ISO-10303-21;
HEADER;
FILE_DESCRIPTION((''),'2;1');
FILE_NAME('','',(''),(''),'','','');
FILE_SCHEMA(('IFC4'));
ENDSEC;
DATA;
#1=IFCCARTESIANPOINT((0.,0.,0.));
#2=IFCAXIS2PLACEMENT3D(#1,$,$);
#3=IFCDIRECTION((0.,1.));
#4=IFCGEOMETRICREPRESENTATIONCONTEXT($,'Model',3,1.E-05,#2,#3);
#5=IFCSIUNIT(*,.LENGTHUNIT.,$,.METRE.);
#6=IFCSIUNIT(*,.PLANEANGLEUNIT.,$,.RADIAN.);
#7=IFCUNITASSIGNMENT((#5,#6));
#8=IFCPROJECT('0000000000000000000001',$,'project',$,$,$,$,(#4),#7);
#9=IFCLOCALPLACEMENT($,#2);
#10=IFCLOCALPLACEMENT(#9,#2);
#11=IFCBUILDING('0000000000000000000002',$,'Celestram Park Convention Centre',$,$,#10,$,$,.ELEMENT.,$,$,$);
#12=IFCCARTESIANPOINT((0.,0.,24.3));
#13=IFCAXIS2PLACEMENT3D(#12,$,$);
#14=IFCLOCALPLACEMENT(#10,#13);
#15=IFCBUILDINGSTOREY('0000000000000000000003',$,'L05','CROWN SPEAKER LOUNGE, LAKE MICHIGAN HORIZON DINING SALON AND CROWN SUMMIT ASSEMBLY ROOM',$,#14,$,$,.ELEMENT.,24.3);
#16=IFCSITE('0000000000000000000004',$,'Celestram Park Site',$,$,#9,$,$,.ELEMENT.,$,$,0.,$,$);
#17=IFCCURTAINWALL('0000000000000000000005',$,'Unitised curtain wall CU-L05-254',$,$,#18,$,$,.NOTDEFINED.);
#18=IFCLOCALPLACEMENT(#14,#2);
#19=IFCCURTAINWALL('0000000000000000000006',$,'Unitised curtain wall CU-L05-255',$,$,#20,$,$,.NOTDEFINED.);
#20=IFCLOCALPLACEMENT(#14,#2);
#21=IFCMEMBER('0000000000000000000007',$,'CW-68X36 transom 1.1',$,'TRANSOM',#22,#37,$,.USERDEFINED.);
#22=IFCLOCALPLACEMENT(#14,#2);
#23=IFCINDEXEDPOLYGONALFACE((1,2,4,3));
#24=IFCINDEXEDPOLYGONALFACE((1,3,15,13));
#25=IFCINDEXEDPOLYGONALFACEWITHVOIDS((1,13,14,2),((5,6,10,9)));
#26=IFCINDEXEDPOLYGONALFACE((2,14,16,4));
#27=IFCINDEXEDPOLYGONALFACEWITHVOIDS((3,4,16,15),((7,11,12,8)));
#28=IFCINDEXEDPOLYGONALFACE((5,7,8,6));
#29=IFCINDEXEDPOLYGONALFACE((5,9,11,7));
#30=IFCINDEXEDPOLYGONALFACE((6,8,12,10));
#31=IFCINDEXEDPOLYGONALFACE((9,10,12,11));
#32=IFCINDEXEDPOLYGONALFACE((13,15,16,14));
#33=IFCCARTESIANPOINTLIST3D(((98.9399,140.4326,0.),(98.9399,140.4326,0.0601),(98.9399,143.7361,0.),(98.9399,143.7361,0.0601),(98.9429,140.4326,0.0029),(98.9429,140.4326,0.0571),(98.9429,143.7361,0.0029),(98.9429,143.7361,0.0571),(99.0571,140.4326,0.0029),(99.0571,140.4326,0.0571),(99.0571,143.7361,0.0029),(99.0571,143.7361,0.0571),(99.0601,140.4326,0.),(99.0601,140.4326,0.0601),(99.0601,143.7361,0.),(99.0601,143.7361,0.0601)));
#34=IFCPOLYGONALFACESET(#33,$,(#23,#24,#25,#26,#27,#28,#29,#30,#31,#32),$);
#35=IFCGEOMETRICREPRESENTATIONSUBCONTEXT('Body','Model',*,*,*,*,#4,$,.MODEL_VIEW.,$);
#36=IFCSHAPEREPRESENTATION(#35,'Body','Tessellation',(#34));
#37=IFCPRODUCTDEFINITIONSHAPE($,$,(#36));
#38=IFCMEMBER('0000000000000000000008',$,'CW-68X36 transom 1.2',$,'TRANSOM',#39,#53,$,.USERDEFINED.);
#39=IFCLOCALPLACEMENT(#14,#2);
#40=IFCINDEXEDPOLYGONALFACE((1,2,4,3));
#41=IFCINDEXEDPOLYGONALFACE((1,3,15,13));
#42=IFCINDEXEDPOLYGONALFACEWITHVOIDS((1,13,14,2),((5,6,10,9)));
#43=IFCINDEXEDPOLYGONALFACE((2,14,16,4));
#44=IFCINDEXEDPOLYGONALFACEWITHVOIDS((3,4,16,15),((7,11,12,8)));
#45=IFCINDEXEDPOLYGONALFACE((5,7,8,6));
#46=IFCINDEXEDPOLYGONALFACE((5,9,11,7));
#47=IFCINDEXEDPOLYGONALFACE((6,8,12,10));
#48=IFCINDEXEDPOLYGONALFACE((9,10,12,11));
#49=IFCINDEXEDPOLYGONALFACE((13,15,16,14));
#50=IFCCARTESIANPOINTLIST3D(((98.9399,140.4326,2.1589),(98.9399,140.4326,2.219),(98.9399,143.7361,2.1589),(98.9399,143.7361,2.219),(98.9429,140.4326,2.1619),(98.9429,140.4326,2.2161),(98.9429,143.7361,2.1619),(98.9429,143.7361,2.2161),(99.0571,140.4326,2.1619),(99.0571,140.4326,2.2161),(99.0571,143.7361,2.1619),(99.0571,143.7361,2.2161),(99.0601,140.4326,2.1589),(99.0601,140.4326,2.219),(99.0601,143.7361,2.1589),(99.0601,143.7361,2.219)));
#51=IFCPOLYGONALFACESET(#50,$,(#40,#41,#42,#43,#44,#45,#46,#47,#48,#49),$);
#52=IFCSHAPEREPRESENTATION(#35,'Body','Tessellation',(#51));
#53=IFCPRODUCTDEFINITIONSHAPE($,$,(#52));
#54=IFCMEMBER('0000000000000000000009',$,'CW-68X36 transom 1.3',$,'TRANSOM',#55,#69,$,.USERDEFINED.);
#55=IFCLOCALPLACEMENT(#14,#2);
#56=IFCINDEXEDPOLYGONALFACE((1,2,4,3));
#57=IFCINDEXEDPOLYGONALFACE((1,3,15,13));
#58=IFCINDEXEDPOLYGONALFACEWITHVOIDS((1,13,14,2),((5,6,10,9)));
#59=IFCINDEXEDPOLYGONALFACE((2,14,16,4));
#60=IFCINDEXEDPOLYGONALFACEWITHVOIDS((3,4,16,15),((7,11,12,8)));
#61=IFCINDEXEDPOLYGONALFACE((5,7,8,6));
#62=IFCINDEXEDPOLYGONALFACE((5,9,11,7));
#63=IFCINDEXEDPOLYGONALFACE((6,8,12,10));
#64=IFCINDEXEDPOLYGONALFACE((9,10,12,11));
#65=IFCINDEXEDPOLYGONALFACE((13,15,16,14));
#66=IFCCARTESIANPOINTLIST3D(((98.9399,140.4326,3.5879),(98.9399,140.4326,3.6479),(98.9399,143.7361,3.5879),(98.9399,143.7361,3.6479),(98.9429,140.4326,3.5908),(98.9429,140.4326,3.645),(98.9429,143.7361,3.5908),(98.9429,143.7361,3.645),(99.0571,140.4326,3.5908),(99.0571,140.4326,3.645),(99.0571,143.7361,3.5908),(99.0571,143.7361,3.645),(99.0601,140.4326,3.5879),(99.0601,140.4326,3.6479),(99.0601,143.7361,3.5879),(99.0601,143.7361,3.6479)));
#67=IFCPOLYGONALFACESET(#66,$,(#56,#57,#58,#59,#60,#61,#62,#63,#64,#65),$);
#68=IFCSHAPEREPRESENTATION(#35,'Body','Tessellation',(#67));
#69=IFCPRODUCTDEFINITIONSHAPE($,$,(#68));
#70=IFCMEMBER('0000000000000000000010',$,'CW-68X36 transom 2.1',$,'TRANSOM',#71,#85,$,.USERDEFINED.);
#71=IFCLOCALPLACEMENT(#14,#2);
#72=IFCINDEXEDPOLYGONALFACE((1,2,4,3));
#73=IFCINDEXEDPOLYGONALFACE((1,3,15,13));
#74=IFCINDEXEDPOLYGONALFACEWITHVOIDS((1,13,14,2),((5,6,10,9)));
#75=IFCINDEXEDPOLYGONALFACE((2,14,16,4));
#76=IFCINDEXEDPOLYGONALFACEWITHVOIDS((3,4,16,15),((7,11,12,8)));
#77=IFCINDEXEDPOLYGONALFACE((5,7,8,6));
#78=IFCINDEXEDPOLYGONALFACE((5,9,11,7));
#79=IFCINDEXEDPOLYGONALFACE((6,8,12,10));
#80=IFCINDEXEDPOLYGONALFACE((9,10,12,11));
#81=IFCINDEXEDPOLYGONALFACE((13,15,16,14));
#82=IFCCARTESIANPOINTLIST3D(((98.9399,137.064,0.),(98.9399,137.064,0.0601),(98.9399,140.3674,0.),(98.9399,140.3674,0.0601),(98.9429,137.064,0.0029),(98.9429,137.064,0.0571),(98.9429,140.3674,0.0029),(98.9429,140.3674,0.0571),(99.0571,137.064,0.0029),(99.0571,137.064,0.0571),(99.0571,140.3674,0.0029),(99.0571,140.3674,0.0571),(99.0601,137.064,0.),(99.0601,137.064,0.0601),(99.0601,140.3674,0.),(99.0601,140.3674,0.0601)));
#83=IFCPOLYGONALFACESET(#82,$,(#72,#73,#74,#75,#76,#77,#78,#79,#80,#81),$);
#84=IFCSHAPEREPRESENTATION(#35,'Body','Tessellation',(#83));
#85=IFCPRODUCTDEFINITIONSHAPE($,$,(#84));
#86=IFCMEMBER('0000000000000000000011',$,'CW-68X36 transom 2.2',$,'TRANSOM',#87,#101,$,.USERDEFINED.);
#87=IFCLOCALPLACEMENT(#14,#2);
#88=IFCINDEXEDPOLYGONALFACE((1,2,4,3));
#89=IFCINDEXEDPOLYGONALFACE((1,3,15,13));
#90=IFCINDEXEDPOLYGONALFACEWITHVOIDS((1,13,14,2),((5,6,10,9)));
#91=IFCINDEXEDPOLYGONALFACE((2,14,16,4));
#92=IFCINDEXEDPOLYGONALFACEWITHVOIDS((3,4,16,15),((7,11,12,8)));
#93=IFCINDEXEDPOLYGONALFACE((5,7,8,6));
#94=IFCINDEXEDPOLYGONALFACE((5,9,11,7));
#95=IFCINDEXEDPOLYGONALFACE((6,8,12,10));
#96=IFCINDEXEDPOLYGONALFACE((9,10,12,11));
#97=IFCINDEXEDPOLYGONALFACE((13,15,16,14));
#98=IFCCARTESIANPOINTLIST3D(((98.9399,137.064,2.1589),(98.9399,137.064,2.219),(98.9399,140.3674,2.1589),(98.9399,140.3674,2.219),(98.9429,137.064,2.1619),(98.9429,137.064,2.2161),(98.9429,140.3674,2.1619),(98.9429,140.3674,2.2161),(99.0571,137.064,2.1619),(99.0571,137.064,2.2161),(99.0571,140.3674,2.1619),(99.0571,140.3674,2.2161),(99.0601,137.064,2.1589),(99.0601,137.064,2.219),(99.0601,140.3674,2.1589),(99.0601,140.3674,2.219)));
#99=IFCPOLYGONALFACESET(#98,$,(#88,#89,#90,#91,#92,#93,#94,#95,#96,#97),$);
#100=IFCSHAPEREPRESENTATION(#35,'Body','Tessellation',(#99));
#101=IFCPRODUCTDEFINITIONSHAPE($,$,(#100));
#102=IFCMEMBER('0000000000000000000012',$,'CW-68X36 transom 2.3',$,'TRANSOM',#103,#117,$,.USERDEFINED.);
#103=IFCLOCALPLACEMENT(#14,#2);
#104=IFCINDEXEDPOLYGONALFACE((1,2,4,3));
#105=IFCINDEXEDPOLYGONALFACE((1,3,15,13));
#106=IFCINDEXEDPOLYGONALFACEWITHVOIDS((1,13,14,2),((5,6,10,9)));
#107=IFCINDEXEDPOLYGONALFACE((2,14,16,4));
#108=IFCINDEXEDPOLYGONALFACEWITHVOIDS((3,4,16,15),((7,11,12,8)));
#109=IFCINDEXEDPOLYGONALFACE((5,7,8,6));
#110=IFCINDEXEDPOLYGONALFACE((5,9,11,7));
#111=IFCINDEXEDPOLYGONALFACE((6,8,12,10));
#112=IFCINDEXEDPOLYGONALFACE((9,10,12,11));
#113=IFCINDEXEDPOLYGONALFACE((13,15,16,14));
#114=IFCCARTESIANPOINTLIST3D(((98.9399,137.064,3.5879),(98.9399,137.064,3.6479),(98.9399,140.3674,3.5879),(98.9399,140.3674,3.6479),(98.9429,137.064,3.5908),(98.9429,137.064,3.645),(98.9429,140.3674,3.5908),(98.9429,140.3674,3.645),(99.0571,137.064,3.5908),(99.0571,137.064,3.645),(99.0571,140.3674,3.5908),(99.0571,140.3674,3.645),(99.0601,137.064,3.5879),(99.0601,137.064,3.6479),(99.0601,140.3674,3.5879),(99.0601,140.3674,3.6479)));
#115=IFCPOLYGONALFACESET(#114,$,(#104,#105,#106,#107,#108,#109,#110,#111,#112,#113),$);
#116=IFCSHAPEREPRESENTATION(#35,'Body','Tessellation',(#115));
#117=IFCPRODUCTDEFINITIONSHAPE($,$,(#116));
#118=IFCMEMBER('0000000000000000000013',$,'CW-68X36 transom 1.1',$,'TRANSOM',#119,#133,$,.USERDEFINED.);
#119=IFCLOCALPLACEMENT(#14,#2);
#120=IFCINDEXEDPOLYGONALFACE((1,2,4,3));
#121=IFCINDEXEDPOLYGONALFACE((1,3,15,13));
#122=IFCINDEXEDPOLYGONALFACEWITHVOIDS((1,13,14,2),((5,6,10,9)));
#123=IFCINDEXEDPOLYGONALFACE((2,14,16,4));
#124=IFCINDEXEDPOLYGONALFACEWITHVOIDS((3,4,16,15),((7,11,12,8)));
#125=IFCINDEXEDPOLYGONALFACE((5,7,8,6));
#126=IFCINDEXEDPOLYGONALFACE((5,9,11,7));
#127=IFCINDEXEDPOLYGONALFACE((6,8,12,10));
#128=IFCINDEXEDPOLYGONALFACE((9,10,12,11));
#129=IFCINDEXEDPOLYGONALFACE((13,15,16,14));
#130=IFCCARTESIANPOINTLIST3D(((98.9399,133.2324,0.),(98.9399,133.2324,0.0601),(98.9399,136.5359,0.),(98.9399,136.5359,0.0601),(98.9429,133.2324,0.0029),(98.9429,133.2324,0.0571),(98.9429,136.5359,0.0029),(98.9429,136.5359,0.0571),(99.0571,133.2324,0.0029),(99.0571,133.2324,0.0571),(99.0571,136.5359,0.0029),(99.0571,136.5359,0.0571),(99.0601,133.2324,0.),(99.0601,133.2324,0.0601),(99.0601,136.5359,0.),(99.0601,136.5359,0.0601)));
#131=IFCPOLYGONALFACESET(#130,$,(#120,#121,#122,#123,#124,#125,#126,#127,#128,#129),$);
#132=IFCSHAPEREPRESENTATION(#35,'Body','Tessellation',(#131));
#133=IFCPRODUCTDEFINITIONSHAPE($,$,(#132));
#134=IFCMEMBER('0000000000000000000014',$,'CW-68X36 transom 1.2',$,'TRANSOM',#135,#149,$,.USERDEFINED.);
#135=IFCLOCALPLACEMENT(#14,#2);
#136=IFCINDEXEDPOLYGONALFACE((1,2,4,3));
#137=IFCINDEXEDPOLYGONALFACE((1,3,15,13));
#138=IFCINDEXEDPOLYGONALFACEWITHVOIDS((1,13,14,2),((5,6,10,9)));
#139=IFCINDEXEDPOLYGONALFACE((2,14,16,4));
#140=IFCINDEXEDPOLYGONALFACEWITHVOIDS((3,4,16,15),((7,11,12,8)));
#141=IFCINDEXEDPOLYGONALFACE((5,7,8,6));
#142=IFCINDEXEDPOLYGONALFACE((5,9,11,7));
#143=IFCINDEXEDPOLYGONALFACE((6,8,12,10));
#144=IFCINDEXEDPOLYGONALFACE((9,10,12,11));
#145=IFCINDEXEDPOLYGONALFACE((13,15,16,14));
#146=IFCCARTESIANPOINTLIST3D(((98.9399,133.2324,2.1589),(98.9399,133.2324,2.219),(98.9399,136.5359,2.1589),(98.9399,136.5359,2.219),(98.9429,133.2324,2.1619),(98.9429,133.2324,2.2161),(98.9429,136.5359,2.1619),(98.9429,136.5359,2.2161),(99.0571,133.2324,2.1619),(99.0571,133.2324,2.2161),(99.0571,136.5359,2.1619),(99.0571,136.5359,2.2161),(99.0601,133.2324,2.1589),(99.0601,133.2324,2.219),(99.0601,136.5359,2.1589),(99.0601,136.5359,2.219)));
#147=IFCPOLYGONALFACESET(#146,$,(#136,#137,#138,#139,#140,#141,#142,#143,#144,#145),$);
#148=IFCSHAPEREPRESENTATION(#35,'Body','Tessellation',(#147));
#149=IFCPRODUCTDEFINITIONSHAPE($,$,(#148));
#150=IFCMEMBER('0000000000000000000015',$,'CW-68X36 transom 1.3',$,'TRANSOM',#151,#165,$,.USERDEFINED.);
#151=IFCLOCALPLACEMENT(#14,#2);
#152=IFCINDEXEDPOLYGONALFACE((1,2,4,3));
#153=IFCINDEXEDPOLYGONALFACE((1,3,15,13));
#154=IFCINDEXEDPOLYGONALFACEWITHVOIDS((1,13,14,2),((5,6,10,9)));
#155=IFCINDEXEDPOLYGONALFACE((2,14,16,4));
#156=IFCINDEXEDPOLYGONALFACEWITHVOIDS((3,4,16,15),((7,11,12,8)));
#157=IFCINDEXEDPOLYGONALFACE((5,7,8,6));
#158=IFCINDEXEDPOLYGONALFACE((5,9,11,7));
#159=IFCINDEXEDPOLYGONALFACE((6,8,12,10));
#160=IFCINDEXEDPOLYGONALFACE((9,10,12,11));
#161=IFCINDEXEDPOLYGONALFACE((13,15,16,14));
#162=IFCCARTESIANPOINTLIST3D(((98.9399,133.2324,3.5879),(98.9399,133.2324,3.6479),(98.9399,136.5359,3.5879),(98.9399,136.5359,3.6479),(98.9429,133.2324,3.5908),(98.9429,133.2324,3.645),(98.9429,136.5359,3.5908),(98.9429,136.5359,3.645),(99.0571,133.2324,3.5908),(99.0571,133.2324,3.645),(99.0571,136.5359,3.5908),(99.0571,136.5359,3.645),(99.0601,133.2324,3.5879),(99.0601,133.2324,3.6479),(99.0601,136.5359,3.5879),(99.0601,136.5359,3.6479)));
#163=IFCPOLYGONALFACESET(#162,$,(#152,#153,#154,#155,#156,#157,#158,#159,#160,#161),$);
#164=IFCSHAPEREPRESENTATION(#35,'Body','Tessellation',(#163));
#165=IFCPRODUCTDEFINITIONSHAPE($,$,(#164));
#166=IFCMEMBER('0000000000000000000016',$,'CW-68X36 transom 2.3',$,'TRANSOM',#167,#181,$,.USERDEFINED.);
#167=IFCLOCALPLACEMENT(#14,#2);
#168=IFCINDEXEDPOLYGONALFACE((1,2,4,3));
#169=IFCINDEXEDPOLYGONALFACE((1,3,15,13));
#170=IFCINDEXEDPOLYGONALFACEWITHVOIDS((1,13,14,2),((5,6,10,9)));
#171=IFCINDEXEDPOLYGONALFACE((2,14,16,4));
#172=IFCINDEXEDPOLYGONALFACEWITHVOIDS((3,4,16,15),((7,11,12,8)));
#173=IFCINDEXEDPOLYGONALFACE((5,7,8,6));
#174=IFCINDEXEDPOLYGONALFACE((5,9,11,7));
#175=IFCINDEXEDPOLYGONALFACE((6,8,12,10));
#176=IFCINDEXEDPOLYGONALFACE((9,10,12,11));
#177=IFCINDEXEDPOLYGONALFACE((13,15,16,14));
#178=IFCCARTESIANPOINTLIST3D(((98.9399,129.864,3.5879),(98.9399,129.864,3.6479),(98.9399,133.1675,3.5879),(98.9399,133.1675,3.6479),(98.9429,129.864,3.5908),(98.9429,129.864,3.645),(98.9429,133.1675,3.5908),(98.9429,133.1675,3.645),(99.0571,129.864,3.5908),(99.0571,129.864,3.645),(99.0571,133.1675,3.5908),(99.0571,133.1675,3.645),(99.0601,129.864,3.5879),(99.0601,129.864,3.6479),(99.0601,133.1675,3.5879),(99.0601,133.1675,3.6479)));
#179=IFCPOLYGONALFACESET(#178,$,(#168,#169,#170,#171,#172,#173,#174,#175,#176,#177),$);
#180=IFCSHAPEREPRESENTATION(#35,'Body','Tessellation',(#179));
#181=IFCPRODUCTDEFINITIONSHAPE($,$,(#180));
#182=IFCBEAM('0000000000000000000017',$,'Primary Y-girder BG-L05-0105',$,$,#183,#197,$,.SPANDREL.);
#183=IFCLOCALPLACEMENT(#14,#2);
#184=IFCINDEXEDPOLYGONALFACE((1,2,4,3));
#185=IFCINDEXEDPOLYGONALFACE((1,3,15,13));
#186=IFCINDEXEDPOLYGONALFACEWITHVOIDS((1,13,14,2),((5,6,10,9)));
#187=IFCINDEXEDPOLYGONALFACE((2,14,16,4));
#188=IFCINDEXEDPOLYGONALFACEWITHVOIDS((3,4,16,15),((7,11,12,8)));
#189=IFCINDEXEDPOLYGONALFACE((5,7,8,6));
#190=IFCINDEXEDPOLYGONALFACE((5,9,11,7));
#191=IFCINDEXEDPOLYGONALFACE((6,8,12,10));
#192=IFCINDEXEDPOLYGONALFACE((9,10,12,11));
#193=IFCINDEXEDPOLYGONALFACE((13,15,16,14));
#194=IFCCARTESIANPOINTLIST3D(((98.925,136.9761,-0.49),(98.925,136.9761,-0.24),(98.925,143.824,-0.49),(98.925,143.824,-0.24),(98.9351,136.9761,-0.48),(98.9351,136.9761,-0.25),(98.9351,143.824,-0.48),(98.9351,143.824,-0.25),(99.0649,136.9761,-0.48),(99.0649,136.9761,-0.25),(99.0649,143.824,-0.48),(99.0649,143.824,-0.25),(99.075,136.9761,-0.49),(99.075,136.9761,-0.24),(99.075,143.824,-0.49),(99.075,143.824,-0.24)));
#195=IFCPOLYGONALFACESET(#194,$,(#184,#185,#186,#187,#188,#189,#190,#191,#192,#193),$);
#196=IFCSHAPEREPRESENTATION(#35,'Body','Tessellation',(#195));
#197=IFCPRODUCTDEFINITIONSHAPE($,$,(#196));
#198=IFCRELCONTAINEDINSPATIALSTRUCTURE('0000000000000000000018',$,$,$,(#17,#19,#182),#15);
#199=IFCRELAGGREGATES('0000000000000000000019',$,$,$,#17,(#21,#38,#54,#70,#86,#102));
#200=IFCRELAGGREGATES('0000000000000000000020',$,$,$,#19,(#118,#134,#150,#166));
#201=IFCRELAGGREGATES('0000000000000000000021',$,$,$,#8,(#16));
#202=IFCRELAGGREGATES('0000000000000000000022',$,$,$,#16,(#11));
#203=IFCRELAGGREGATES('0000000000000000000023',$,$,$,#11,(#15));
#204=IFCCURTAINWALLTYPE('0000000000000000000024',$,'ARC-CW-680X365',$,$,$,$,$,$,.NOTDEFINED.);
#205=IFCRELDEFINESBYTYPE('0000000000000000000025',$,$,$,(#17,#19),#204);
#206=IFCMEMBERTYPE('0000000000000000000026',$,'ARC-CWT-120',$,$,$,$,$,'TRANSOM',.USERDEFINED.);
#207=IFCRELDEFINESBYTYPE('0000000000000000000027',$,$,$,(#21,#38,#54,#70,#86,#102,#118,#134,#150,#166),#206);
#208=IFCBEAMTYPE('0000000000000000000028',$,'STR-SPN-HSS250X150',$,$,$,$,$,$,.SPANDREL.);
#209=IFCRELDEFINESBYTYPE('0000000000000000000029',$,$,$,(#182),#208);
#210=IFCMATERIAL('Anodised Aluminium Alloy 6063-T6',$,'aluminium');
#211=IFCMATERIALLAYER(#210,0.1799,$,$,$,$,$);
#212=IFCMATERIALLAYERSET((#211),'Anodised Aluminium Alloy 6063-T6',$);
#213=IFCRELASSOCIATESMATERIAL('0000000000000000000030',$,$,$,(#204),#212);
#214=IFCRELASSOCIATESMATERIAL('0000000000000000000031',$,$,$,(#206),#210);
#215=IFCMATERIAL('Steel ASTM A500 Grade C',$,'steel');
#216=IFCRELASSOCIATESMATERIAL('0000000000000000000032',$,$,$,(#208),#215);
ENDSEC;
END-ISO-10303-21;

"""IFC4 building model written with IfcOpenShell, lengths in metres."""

from ifc_helpers import new_model, si_unit, direction, frame, origin, origin_2d, place, context, subcontext, project, spatial, hollow_rectangle, extrude, material, layer, layer_set, material_profile, profile_set, type_object, element, aggregate, save


model = new_model("IFC4")

# Units and contexts
model_context = context("Model", 3, precision=1e-05, world=origin(), true_north=direction((0.0, 1.0)))
body_context = subcontext(model_context, "Body", "Model", "MODEL_VIEW")
ifc_project = project(units=[si_unit("LENGTHUNIT", "METRE"), si_unit("PLANEANGLEUNIT", "RADIAN")], contexts=[model_context])

# Site, building, storey
site_placement = place(None, origin())
site = spatial("IfcSite", under=ifc_project, at=site_placement, Name="Celestram Park Site", CompositionType="ELEMENT", RefElevation=0.0)
building_placement = place(site_placement, origin())
building = spatial("IfcBuilding", under=site, at=building_placement, Name="Celestram Park Convention Centre", CompositionType="ELEMENT")
storey_placement = place(building_placement, frame((0.0, 0.0, 24.3)))
storey = spatial("IfcBuildingStorey", under=building, at=storey_placement, Name="L05", Description="CROWN SPEAKER LOUNGE, LAKE MICHIGAN HORIZON DINING SALON AND CROWN SUMMIT ASSEMBLY ROOM", CompositionType="ELEMENT", Elevation=24.3)

# Shared definitions
ifc_material_1 = material(Name="Steel ASTM A500 Grade C", Category="steel")

# Curtain walls
ifc_material_2 = material(Name="Anodised Aluminium Alloy 6063-T6", Category="aluminium")
ifc_layer_1 = layer(ifc_material_2, 0.1799)
ifc_layer_set_1 = layer_set([ifc_layer_1], Name="Anodised Aluminium Alloy 6063-T6")
curtain_wall_type = type_object("IfcCurtainWallType", Name="ARC-CW-680X365", PredefinedType="NOTDEFINED", material=ifc_layer_set_1)
curtain_wall_1_placement = place(storey_placement, origin())
curtain_wall_1 = element("IfcCurtainWall", 1, at=curtain_wall_1_placement, inside=storey, type_object=curtain_wall_type, Name="Unitised curtain wall CU-L05-254", PredefinedType="NOTDEFINED")
curtain_wall_2_placement = place(storey_placement, origin())
curtain_wall_2 = element("IfcCurtainWall", 2, at=curtain_wall_2_placement, inside=storey, type_object=curtain_wall_type, Name="Unitised curtain wall CU-L05-255", PredefinedType="NOTDEFINED")

# Members
ifc_material_profile_1 = material_profile(ifc_material_2, hollow_rectangle(XDim=0.1201, YDim=0.0601, WallThickness=0.0029, at=origin_2d()), Name="ALU120X60X3")
ifc_profile_set_1 = profile_set([ifc_material_profile_1], Name="Anodised Aluminium Alloy 6063-T6")
member_type_1 = type_object("IfcMemberType", Name="ARC-CWT-120", ElementType="TRANSOM", PredefinedType="USERDEFINED", material=ifc_profile_set_1)
member_1_placement = place(storey_placement, frame((99.0, 143.7361, 0.03), z_axis=(0.0, -1.0, 0.0), x_axis=(1.0, 0.0, 0.0)))
member_1 = element("IfcMember", 3, at=member_1_placement, type_object=member_type_1, Name="CW-68X36 transom 1.1", ObjectType="TRANSOM", PredefinedType="USERDEFINED", context=body_context, shape_type="SweptSolid", body=[
    extrude(hollow_rectangle(XDim=0.1201, YDim=0.0601, WallThickness=0.0029, at=origin_2d()), origin(), (0.0, 0.0, 1.0), 3.3035),
])
member_2_placement = place(storey_placement, frame((99.0, 143.7361, 2.189), z_axis=(0.0, -1.0, 0.0), x_axis=(1.0, 0.0, 0.0)))
member_2 = element("IfcMember", 4, at=member_2_placement, type_object=member_type_1, Name="CW-68X36 transom 1.2", ObjectType="TRANSOM", PredefinedType="USERDEFINED", context=body_context, shape_type="SweptSolid", body=[
    extrude(hollow_rectangle(XDim=0.1201, YDim=0.0601, WallThickness=0.0029, at=origin_2d()), origin(), (0.0, 0.0, 1.0), 3.3035),
])
member_3_placement = place(storey_placement, frame((99.0, 143.7361, 3.6179), z_axis=(0.0, -1.0, 0.0), x_axis=(1.0, 0.0, 0.0)))
member_3 = element("IfcMember", 5, at=member_3_placement, type_object=member_type_1, Name="CW-68X36 transom 1.3", ObjectType="TRANSOM", PredefinedType="USERDEFINED", context=body_context, shape_type="SweptSolid", body=[
    extrude(hollow_rectangle(XDim=0.1201, YDim=0.0601, WallThickness=0.0029, at=origin_2d()), origin(), (0.0, 0.0, 1.0), 3.3035),
])
member_4_placement = place(storey_placement, frame((99.0, 140.3674, 0.03), z_axis=(0.0, -1.0, 0.0), x_axis=(1.0, 0.0, 0.0)))
member_4 = element("IfcMember", 6, at=member_4_placement, type_object=member_type_1, Name="CW-68X36 transom 2.1", ObjectType="TRANSOM", PredefinedType="USERDEFINED", context=body_context, shape_type="SweptSolid", body=[
    extrude(hollow_rectangle(XDim=0.1201, YDim=0.0601, WallThickness=0.0029, at=origin_2d()), origin(), (0.0, 0.0, 1.0), 3.3035),
])
member_5_placement = place(storey_placement, frame((99.0, 140.3674, 2.189), z_axis=(0.0, -1.0, 0.0), x_axis=(1.0, 0.0, 0.0)))
member_5 = element("IfcMember", 7, at=member_5_placement, type_object=member_type_1, Name="CW-68X36 transom 2.2", ObjectType="TRANSOM", PredefinedType="USERDEFINED", context=body_context, shape_type="SweptSolid", body=[
    extrude(hollow_rectangle(XDim=0.1201, YDim=0.0601, WallThickness=0.0029, at=origin_2d()), origin(), (0.0, 0.0, 1.0), 3.3035),
])
member_6_placement = place(storey_placement, frame((99.0, 140.3674, 3.6179), z_axis=(0.0, -1.0, 0.0), x_axis=(1.0, 0.0, 0.0)))
member_6 = element("IfcMember", 8, at=member_6_placement, type_object=member_type_1, Name="CW-68X36 transom 2.3", ObjectType="TRANSOM", PredefinedType="USERDEFINED", context=body_context, shape_type="SweptSolid", body=[
    extrude(hollow_rectangle(XDim=0.1201, YDim=0.0601, WallThickness=0.0029, at=origin_2d()), origin(), (0.0, 0.0, 1.0), 3.3035),
])
member_7_placement = place(storey_placement, frame((99.0, 136.5359, 0.03), z_axis=(0.0, -1.0, 0.0), x_axis=(1.0, 0.0, 0.0)))
member_7 = element("IfcMember", 9, at=member_7_placement, type_object=member_type_1, Name="CW-68X36 transom 1.1", ObjectType="TRANSOM", PredefinedType="USERDEFINED", context=body_context, shape_type="SweptSolid", body=[
    extrude(hollow_rectangle(XDim=0.1201, YDim=0.0601, WallThickness=0.0029, at=origin_2d()), origin(), (0.0, 0.0, 1.0), 3.3035),
])
member_8_placement = place(storey_placement, frame((99.0, 136.5359, 2.189), z_axis=(0.0, -1.0, 0.0), x_axis=(1.0, 0.0, 0.0)))
member_8 = element("IfcMember", 10, at=member_8_placement, type_object=member_type_1, Name="CW-68X36 transom 1.2", ObjectType="TRANSOM", PredefinedType="USERDEFINED", context=body_context, shape_type="SweptSolid", body=[
    extrude(hollow_rectangle(XDim=0.1201, YDim=0.0601, WallThickness=0.0029, at=origin_2d()), origin(), (0.0, 0.0, 1.0), 3.3035),
])
member_9_placement = place(storey_placement, frame((99.0, 136.5359, 3.6179), z_axis=(0.0, -1.0, 0.0), x_axis=(1.0, 0.0, 0.0)))
member_9 = element("IfcMember", 11, at=member_9_placement, type_object=member_type_1, Name="CW-68X36 transom 1.3", ObjectType="TRANSOM", PredefinedType="USERDEFINED", context=body_context, shape_type="SweptSolid", body=[
    extrude(hollow_rectangle(XDim=0.1201, YDim=0.0601, WallThickness=0.0029, at=origin_2d()), origin(), (0.0, 0.0, 1.0), 3.3035),
])
member_10_placement = place(storey_placement, frame((99.0, 133.1675, 3.6179), z_axis=(0.0, -1.0, 0.0), x_axis=(1.0, 0.0, 0.0)))
member_10 = element("IfcMember", 12, at=member_10_placement, type_object=member_type_1, Name="CW-68X36 transom 2.3", ObjectType="TRANSOM", PredefinedType="USERDEFINED", context=body_context, shape_type="SweptSolid", body=[
    extrude(hollow_rectangle(XDim=0.1201, YDim=0.0601, WallThickness=0.0029, at=origin_2d()), origin(), (0.0, 0.0, 1.0), 3.3035),
])

# Beam
ifc_material_profile_2 = material_profile(ifc_material_1, hollow_rectangle(XDim=0.1499, YDim=0.25, WallThickness=0.01, at=origin_2d()), Name="HSS250X150X10")
ifc_profile_set_2 = profile_set([ifc_material_profile_2], Name="Steel ASTM A500 Grade C")
beam_type = type_object("IfcBeamType", Name="STR-SPN-HSS250X150", PredefinedType="SPANDREL", material=ifc_profile_set_2)
beam_placement = place(storey_placement, frame((99.0, 136.9761, -0.365), z_axis=(0.0, 1.0, 0.0), x_axis=(-1.0, 0.0, 0.0)))
element("IfcBeam", 13, at=beam_placement, inside=storey, type_object=beam_type, Name="Primary Y-girder BG-L05-0105", PredefinedType="SPANDREL", context=body_context, shape_type="SweptSolid", body=[
    extrude(hollow_rectangle(XDim=0.1499, YDim=0.25, WallThickness=0.01, at=origin_2d()), origin(), (0.0, 0.0, 1.0), 6.8479),
])

aggregate(curtain_wall_1, [member_1, member_2, member_3, member_4, member_5, member_6])
aggregate(curtain_wall_2, [member_7, member_8, member_9, member_10])

save(model, "model.ifc")
